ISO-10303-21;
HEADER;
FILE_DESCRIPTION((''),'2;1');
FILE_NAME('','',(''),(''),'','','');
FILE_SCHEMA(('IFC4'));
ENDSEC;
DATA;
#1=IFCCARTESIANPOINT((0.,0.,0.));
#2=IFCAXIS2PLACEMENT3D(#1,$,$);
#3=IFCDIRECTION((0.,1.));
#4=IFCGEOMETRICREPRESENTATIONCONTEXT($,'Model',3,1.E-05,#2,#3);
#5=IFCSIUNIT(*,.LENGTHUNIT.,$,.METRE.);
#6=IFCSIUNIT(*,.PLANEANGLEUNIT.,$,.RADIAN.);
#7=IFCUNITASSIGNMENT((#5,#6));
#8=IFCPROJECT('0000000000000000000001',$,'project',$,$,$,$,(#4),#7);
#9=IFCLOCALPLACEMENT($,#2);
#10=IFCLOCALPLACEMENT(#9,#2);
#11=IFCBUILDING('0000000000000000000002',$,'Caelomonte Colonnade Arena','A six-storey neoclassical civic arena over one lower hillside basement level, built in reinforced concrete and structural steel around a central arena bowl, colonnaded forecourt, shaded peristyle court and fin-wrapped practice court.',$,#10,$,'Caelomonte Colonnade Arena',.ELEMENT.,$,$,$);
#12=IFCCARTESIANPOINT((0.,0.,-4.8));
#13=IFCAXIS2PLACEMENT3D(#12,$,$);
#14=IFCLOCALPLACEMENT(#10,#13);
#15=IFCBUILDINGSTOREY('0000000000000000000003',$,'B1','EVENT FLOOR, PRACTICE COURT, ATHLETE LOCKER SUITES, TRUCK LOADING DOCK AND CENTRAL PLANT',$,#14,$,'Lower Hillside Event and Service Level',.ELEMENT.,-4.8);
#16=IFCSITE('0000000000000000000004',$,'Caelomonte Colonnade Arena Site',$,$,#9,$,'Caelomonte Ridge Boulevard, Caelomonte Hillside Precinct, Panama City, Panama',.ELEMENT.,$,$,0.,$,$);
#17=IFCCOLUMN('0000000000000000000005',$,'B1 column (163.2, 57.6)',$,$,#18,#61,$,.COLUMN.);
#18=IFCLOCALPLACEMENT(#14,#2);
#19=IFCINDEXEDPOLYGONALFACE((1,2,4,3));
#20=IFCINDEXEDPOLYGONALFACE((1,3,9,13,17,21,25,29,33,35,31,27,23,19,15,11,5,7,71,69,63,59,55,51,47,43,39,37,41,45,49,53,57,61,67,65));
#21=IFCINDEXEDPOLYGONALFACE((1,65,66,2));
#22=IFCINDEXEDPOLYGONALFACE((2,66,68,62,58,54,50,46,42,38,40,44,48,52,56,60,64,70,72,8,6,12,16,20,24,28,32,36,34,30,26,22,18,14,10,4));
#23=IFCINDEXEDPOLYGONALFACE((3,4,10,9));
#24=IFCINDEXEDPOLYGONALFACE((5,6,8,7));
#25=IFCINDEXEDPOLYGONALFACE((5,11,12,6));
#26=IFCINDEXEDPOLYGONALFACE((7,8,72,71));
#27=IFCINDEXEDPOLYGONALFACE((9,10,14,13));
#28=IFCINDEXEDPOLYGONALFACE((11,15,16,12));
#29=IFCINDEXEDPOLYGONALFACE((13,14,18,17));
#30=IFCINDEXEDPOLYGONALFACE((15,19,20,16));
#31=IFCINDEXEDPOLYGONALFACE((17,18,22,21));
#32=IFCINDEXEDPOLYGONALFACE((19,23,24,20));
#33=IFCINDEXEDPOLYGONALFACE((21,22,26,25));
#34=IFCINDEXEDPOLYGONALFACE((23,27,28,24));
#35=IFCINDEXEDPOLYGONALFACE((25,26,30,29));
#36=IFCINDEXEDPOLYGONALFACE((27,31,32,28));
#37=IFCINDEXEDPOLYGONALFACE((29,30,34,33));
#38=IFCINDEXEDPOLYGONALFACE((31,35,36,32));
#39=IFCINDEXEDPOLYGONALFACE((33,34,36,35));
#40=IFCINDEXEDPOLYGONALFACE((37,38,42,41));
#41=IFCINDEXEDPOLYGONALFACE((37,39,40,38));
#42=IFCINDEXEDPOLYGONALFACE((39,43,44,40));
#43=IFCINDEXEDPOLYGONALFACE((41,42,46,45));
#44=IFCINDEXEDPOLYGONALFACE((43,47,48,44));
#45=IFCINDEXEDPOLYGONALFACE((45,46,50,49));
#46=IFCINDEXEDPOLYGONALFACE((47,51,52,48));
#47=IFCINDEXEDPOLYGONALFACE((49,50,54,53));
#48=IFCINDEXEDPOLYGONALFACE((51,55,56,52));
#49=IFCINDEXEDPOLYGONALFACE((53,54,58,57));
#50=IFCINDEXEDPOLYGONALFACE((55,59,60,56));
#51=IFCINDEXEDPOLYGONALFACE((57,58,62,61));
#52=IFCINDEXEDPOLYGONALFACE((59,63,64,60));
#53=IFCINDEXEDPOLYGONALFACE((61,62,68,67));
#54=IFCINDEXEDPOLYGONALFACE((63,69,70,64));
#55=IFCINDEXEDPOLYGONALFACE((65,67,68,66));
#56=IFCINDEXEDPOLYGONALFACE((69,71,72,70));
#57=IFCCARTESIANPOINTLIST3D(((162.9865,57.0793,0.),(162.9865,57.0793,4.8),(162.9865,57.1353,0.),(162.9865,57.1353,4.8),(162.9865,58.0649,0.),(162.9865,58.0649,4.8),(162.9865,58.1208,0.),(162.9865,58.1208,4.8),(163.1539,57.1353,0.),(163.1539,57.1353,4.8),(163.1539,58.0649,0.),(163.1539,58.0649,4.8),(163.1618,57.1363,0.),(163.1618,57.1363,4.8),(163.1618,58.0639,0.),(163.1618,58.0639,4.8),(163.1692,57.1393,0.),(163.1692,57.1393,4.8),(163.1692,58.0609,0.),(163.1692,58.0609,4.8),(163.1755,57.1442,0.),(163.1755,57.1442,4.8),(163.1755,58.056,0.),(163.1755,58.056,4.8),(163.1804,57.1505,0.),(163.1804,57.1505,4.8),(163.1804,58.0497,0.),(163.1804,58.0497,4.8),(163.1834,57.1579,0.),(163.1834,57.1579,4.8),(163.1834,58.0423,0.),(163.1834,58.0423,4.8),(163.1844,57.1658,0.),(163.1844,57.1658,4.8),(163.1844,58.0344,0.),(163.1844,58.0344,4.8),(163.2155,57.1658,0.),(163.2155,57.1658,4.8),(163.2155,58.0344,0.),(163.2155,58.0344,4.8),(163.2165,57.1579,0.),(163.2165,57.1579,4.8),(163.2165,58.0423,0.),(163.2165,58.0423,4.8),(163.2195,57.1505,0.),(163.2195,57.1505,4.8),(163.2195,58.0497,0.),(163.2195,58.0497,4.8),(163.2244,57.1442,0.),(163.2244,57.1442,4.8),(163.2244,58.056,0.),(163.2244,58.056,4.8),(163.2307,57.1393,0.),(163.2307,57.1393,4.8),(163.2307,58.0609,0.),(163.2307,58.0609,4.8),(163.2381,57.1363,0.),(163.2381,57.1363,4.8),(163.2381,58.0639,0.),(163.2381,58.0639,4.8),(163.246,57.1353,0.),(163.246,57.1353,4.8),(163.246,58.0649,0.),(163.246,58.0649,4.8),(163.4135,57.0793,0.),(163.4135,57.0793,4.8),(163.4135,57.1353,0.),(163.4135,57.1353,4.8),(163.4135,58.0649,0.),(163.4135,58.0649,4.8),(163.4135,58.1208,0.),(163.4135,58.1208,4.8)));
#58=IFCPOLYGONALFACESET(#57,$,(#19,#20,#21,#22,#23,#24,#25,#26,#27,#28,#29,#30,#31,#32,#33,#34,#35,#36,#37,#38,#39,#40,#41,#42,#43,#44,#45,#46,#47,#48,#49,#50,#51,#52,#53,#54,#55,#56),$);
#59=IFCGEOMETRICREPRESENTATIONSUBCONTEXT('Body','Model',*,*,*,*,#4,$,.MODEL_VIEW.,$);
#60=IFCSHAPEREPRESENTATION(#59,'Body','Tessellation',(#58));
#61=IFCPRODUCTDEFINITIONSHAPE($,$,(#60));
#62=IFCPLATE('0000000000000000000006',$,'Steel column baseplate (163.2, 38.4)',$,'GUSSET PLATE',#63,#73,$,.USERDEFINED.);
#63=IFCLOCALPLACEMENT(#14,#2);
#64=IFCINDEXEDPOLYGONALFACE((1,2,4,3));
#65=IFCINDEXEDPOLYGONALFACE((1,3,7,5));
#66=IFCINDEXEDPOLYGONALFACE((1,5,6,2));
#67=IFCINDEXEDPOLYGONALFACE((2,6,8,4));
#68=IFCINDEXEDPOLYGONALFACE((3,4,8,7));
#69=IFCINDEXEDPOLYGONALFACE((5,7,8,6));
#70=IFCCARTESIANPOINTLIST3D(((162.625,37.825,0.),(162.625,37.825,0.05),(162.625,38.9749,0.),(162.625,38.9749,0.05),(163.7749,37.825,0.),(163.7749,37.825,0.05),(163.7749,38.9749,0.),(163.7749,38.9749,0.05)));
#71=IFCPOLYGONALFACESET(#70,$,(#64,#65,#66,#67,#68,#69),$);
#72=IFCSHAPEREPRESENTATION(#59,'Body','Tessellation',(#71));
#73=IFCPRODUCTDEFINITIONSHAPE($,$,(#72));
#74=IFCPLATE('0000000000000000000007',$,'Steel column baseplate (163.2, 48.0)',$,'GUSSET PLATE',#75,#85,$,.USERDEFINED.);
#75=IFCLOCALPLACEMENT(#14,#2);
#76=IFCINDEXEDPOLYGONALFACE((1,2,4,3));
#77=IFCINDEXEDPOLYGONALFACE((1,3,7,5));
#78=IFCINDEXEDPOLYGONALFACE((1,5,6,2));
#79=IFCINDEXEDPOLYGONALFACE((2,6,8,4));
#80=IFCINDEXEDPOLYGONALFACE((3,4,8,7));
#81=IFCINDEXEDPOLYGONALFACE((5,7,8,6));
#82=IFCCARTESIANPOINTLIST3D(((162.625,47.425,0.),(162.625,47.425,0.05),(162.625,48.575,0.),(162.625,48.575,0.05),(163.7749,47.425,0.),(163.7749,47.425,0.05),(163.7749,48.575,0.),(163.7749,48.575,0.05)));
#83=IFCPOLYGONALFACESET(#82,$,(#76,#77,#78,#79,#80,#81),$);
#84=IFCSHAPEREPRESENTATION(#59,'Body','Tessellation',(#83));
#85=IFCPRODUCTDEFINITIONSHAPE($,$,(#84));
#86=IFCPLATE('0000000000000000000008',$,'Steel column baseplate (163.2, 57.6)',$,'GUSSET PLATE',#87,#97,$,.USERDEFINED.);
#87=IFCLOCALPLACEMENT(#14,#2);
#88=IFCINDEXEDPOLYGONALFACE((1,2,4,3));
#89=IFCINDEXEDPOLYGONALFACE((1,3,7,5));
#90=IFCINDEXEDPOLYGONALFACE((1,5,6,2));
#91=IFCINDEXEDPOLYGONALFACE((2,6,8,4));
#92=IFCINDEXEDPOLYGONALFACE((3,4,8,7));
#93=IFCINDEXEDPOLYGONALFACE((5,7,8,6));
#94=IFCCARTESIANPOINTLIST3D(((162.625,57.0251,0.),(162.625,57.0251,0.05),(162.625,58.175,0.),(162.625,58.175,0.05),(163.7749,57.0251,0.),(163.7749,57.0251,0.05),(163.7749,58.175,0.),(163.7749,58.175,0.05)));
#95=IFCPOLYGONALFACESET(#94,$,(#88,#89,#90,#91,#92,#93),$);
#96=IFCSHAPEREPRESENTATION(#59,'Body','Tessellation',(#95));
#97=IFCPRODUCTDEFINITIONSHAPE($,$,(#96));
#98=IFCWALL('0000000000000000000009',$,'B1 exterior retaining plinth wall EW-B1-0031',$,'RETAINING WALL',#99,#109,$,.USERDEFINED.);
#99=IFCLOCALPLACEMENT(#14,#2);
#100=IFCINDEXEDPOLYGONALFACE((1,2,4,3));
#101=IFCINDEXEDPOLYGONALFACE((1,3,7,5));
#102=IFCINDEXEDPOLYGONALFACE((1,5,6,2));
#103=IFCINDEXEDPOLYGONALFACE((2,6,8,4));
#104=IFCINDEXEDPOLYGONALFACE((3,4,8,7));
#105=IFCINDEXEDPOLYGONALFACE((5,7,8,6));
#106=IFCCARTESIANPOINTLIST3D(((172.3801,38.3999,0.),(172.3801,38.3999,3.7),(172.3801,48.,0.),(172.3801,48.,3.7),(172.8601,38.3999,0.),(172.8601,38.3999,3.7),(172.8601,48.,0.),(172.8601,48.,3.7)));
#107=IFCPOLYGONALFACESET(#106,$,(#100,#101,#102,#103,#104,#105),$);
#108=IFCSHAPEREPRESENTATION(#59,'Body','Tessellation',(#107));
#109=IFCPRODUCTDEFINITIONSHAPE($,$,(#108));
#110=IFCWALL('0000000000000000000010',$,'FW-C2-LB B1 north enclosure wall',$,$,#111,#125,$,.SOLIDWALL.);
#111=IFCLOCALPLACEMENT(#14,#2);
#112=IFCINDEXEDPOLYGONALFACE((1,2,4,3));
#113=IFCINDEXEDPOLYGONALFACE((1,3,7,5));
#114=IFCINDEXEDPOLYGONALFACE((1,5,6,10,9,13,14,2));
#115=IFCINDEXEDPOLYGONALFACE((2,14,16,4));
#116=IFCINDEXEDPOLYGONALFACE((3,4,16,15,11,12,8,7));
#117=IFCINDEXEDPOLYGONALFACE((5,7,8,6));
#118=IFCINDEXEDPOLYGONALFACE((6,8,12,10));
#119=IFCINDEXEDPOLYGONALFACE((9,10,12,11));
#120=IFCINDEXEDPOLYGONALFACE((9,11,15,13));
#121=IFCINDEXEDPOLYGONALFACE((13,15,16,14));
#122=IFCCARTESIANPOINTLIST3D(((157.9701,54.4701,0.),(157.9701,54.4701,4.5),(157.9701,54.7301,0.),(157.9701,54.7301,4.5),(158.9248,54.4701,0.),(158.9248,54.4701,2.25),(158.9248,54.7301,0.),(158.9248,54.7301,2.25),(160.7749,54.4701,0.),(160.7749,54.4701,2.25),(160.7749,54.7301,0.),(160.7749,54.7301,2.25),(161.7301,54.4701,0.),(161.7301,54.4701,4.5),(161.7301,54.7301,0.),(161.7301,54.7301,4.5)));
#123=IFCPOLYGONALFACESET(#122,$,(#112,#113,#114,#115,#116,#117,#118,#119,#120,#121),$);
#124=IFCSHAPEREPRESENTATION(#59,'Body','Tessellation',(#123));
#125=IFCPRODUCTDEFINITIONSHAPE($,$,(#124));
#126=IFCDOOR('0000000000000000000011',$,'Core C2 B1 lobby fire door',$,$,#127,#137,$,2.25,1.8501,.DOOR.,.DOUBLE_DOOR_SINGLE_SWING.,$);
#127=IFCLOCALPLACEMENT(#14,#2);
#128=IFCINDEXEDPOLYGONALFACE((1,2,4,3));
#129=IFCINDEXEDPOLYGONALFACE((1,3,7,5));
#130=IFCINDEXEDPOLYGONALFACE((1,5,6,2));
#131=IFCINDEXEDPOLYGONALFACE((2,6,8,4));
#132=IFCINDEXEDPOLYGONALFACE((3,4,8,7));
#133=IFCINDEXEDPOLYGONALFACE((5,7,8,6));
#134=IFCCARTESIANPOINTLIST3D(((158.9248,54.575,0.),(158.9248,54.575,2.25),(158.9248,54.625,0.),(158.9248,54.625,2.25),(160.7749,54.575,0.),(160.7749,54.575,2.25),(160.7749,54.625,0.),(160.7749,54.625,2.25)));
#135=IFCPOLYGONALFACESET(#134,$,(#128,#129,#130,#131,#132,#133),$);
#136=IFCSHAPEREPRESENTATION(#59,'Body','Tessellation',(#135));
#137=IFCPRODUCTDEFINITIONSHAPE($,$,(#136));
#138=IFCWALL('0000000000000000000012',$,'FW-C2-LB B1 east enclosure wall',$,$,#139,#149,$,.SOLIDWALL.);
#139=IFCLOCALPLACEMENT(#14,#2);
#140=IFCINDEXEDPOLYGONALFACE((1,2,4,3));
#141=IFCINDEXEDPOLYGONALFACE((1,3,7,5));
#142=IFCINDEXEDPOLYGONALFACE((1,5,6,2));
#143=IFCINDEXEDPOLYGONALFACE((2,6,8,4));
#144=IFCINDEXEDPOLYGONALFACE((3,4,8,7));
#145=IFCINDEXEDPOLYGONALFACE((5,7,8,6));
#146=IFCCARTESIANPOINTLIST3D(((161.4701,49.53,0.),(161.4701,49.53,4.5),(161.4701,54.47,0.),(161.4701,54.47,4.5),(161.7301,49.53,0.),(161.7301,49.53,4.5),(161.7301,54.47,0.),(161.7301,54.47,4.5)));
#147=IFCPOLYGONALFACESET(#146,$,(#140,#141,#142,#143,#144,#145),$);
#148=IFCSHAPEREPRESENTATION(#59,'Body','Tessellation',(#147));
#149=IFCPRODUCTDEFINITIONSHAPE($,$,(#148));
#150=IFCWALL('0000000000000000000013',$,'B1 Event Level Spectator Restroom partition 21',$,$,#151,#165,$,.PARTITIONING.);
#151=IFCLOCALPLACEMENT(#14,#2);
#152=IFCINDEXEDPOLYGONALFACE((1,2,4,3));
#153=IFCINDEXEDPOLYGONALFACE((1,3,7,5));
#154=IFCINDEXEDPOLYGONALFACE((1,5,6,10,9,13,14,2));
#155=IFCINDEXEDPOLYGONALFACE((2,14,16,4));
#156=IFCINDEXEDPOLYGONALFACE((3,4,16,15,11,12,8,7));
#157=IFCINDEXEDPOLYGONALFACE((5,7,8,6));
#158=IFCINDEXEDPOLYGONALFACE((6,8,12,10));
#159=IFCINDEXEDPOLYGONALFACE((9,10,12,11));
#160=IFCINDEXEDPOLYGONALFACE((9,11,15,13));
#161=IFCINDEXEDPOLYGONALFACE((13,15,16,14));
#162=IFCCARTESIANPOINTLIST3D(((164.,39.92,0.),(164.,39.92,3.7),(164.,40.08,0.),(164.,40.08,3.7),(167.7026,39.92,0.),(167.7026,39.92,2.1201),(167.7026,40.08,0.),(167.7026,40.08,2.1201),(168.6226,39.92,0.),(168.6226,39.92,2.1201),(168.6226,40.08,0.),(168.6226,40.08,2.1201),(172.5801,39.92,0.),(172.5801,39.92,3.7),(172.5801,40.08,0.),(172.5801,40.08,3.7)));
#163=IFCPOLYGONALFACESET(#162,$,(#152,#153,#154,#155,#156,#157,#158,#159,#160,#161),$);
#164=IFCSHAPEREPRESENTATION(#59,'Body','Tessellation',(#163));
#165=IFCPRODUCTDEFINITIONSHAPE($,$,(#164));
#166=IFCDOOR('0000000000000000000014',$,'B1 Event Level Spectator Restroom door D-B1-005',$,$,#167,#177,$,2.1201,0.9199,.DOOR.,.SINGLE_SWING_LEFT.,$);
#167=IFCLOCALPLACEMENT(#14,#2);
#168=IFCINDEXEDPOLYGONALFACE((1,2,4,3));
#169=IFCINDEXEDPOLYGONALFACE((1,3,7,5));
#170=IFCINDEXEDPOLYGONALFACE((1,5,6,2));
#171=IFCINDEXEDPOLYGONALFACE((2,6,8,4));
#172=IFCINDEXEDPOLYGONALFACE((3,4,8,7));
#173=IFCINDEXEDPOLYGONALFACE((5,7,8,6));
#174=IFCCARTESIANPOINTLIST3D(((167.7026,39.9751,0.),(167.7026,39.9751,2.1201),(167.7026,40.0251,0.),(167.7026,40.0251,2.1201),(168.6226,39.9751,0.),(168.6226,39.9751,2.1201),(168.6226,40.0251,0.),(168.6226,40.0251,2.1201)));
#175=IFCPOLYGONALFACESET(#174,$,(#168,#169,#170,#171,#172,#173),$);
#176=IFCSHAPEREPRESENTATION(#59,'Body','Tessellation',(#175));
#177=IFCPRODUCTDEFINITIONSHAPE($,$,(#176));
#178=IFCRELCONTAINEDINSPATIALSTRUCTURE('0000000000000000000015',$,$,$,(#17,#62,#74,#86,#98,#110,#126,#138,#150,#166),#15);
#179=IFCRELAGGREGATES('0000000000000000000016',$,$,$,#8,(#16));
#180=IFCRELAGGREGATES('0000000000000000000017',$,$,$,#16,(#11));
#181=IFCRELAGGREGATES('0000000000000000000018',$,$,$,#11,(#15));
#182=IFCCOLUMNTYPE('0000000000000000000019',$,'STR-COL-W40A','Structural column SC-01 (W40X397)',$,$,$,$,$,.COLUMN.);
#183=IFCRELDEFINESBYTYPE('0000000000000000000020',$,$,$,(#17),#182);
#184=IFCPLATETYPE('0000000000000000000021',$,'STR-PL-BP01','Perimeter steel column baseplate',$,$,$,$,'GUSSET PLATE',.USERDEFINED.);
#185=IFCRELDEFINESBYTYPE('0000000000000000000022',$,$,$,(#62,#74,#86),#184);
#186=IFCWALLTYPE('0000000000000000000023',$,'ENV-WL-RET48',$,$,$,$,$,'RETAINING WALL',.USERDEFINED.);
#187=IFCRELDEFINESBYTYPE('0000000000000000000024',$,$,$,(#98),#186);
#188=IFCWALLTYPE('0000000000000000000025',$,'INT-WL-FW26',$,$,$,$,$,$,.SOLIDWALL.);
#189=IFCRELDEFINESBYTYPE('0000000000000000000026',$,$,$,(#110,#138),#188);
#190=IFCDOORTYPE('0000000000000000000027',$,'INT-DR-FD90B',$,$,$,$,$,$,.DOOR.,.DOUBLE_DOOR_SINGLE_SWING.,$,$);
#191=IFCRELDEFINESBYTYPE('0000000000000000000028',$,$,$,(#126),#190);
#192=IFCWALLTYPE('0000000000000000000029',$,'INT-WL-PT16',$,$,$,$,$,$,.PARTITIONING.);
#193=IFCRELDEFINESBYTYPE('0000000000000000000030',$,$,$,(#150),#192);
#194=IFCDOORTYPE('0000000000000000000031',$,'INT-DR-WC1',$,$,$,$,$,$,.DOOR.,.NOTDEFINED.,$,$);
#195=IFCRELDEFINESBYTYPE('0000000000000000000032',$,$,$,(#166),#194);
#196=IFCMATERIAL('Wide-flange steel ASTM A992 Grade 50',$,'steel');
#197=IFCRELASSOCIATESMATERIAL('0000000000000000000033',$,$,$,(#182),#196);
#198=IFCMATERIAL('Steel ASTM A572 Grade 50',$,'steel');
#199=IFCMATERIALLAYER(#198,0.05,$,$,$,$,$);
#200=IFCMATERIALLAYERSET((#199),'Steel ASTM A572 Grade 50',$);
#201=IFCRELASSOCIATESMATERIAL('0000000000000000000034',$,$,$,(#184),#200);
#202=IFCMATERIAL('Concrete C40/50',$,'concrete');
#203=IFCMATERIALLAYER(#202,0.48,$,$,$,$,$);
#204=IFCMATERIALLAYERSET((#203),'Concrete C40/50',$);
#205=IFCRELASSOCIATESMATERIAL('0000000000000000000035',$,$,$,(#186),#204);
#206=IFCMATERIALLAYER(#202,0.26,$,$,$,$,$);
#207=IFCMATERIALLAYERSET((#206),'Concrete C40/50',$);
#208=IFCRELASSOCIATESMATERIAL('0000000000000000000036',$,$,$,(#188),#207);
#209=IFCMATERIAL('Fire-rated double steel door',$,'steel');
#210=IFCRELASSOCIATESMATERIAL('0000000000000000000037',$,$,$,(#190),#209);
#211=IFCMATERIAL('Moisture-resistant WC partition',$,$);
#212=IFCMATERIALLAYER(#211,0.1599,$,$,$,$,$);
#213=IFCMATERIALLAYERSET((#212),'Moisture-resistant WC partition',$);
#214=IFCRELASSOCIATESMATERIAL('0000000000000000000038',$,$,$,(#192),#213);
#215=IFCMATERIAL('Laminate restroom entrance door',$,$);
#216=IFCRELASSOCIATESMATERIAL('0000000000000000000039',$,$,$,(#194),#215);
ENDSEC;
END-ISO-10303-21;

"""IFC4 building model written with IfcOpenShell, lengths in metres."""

from ifc_helpers import new_model, si_unit, direction, frame, frame_2d, origin, origin_2d, place, context, subcontext, project, spatial, rectangle, i_section, extrude, material, layer, layer_set, material_profile, profile_set, type_object, element, fill, save


model = new_model("IFC4")

# Units and contexts
model_context = context("Model", 3, precision=1e-05, world=origin(), true_north=direction((0.0, 1.0)))
body_context = subcontext(model_context, "Body", "Model", "MODEL_VIEW")
ifc_project = project(units=[si_unit("LENGTHUNIT", "METRE"), si_unit("PLANEANGLEUNIT", "RADIAN")], contexts=[model_context])

# Site, building, storey
site_placement = place(None, origin())
site = spatial("IfcSite", under=ifc_project, at=site_placement, Name="Caelomonte Colonnade Arena Site", LongName="Caelomonte Ridge Boulevard, Caelomonte Hillside Precinct, Panama City, Panama", CompositionType="ELEMENT", RefElevation=0.0)
building_placement = place(site_placement, origin())
building = spatial("IfcBuilding", under=site, at=building_placement, Name="Caelomonte Colonnade Arena", Description="A six-storey neoclassical civic arena over one lower hillside basement level, built in reinforced concrete and structural steel around a central arena bowl, colonnaded forecourt, shaded peristyle court and fin-wrapped practice court.", LongName="Caelomonte Colonnade Arena", CompositionType="ELEMENT")
storey_placement = place(building_placement, frame((0.0, 0.0, -4.8)))
storey = spatial("IfcBuildingStorey", under=building, at=storey_placement, Name="B1", Description="EVENT FLOOR, PRACTICE COURT, ATHLETE LOCKER SUITES, TRUCK LOADING DOCK AND CENTRAL PLANT", LongName="Lower Hillside Event and Service Level", CompositionType="ELEMENT", Elevation=-4.8)

# Shared definitions
ifc_material_1 = material(Name="Concrete C40/50", Category="concrete")

# Column
ifc_material_2 = material(Name="Wide-flange steel ASTM A992 Grade 50", Category="steel")
ifc_material_profile_1 = material_profile(ifc_material_2, i_section(OverallWidth=0.427, OverallDepth=1.0415, WebThickness=0.031, FlangeThickness=0.0559, FilletRadius=0.0305, at=origin_2d()), Name="W40X397")
ifc_profile_set_1 = profile_set([ifc_material_profile_1], Name="Wide-flange steel ASTM A992 Grade 50")
column_type = type_object("IfcColumnType", Name="STR-COL-W40A", Description="Structural column SC-01 (W40X397)", PredefinedType="COLUMN", material=ifc_profile_set_1)
for number, where, z_axis, x_axis, name in (
    (1, (163.2, 57.6001, 0.0), (0.0, 0.0, 1.0), (1.0, 0.0, 0.0), "B1 column (163.2, 57.6)"),
):
    element("IfcColumn", number, at=place(storey_placement, frame(where, z_axis=z_axis, x_axis=x_axis)), inside=storey, type_object=column_type, Name=name, PredefinedType="COLUMN", context=body_context, shape_type="SweptSolid", body=[
        extrude(i_section(OverallWidth=0.427, OverallDepth=1.0415, WebThickness=0.031, FlangeThickness=0.0559, FilletRadius=0.0305, at=origin_2d()), origin(), (0.0, 0.0, 1.0), 4.8),
    ])

# Plates
ifc_material_3 = material(Name="Steel ASTM A572 Grade 50", Category="steel")
ifc_layer_1 = layer(ifc_material_3, 0.05)
ifc_layer_set_1 = layer_set([ifc_layer_1], Name="Steel ASTM A572 Grade 50")
plate_type = type_object("IfcPlateType", Name="STR-PL-BP01", Description="Perimeter steel column baseplate", ElementType="GUSSET PLATE", PredefinedType="USERDEFINED", material=ifc_layer_set_1)
for number, where, z_axis, x_axis, name in (
    (2, (163.2, 38.3999, 0.0), (0.0, 0.0, 1.0), (1.0, 0.0, 0.0), "Steel column baseplate (163.2, 38.4)"),
    (3, (163.2, 48.0, 0.0), (0.0, 0.0, 1.0), (1.0, 0.0, 0.0), "Steel column baseplate (163.2, 48.0)"),
    (4, (163.2, 57.6001, 0.0), (0.0, 0.0, 1.0), (1.0, 0.0, 0.0), "Steel column baseplate (163.2, 57.6)"),
):
    element("IfcPlate", number, at=place(storey_placement, frame(where, z_axis=z_axis, x_axis=x_axis)), inside=storey, type_object=plate_type, Name=name, ObjectType="GUSSET PLATE", PredefinedType="USERDEFINED", context=body_context, shape_type="SweptSolid", body=[
        extrude(rectangle(XDim=1.1499, YDim=1.1499, at=origin_2d()), origin(), (0.0, 0.0, 1.0), 0.05),
    ])

# Wall
ifc_layer_2 = layer(ifc_material_1, 0.48)
ifc_layer_set_2 = layer_set([ifc_layer_2], Name="Concrete C40/50")
wall_type_1 = type_object("IfcWallType", Name="ENV-WL-RET48", ElementType="RETAINING WALL", PredefinedType="USERDEFINED", material=ifc_layer_set_2)
wall_1_placement = place(storey_placement, frame((172.6201, 38.3999, 0.0), z_axis=(0.0, 0.0, 1.0), x_axis=(0.0, 1.0, 0.0)))
element("IfcWall", 5, at=wall_1_placement, inside=storey, type_object=wall_type_1, Name="B1 exterior retaining plinth wall EW-B1-0031", ObjectType="RETAINING WALL", PredefinedType="USERDEFINED", context=body_context, shape_type="SweptSolid", body=[
    extrude(rectangle(XDim=9.6001, YDim=0.48, at=frame_2d((4.8, 0.0))), origin(), (0.0, 0.0, 1.0), 3.7),
])

# Wall, opening, door
ifc_layer_3 = layer(ifc_material_1, 0.26)
ifc_layer_set_3 = layer_set([ifc_layer_3], Name="Concrete C40/50")
wall_type_2 = type_object("IfcWallType", Name="INT-WL-FW26", PredefinedType="SOLIDWALL", material=ifc_layer_set_3)
wall_2_placement = place(storey_placement, frame((161.73, 54.6001, 0.0), z_axis=(0.0, 0.0, 1.0), x_axis=(-1.0, 0.0, 0.0)))
wall_2 = element("IfcWall", 6, at=wall_2_placement, inside=storey, type_object=wall_type_2, Name="FW-C2-LB B1 north enclosure wall", PredefinedType="SOLIDWALL", context=body_context, shape_type="SweptSolid", body=[
    extrude(rectangle(XDim=3.76, YDim=0.26, at=frame_2d((1.8799, 0.0))), origin(), (0.0, 0.0, 1.0), 4.5),
])
opening_1_placement = place(wall_2_placement, frame((2.8052, 0.0, 0.0), z_axis=(0.0, 0.0, 1.0), x_axis=(-1.0, 0.0, 0.0)))
opening_1 = element("IfcOpeningElement", 7, at=opening_1_placement, cuts=wall_2, PredefinedType="OPENING", context=body_context, shape_type="SweptSolid", body=[
    extrude(rectangle(XDim=1.8501, YDim=2.25, at=frame_2d((0.925, 1.125))), frame((0.0, 0.1399, 0.0), z_axis=(0.0, -1.0, 0.0), x_axis=(1.0, 0.0, 0.0)), (0.0, 0.0, 1.0), 0.28),
])
ifc_material_4 = material(Name="Fire-rated double steel door", Category="steel")
door_type_1 = type_object("IfcDoorType", Name="INT-DR-FD90B", OperationType="DOUBLE_DOOR_SINGLE_SWING", PredefinedType="DOOR", material=ifc_material_4)
door_1_placement = place(opening_1_placement, origin())
door_1 = element("IfcDoor", 8, at=door_1_placement, inside=storey, type_object=door_type_1, Name="Core C2 B1 lobby fire door", OperationType="DOUBLE_DOOR_SINGLE_SWING", OverallHeight=2.25, OverallWidth=1.8501, PredefinedType="DOOR", context=body_context, shape_type="SweptSolid", body=[
    extrude(rectangle(XDim=1.8501, YDim=2.25, at=frame_2d((0.925, 1.125))), frame((0.0, 0.0249, 0.0), z_axis=(0.0, -1.0, 0.0), x_axis=(1.0, 0.0, 0.0)), (0.0, 0.0, 1.0), 0.05),
])
fill(opening_1, door_1)

# Wall
wall_3_placement = place(storey_placement, frame((161.6001, 49.53, 0.0), z_axis=(0.0, 0.0, 1.0), x_axis=(0.0, 1.0, 0.0)))
element("IfcWall", 9, at=wall_3_placement, inside=storey, type_object=wall_type_2, Name="FW-C2-LB B1 east enclosure wall", PredefinedType="SOLIDWALL", context=body_context, shape_type="SweptSolid", body=[
    extrude(rectangle(XDim=4.9399, YDim=0.26, at=frame_2d((2.47, 0.0))), origin(), (0.0, 0.0, 1.0), 4.5),
])

# Wall, opening, door
ifc_material_5 = material(Name="Moisture-resistant WC partition")
ifc_layer_4 = layer(ifc_material_5, 0.1599)
ifc_layer_set_4 = layer_set([ifc_layer_4], Name="Moisture-resistant WC partition")
wall_type_3 = type_object("IfcWallType", Name="INT-WL-PT16", PredefinedType="PARTITIONING", material=ifc_layer_set_4)
wall_4_placement = place(storey_placement, frame((172.5801, 40.0, 0.0), z_axis=(0.0, 0.0, 1.0), x_axis=(-1.0, 0.0, 0.0)))
wall_4 = element("IfcWall", 10, at=wall_4_placement, inside=storey, type_object=wall_type_3, Name="B1 Event Level Spectator Restroom partition 21", PredefinedType="PARTITIONING", context=body_context, shape_type="SweptSolid", body=[
    extrude(rectangle(XDim=8.5801, YDim=0.1599, at=frame_2d((4.29, 0.0))), origin(), (0.0, 0.0, 1.0), 3.7),
])
opening_2_placement = place(wall_4_placement, frame((3.9575, 0.0, 0.0), z_axis=(0.0, 0.0, 1.0), x_axis=(1.0, 0.0, 0.0)))
opening_2 = element("IfcOpeningElement", 11, at=opening_2_placement, cuts=wall_4, PredefinedType="OPENING", context=body_context, shape_type="SweptSolid", body=[
    extrude(rectangle(XDim=0.9199, YDim=2.1201, at=frame_2d((0.46, 1.0601))), frame((0.0, 0.0898, 0.0), z_axis=(0.0, -1.0, 0.0), x_axis=(1.0, 0.0, 0.0)), (0.0, 0.0, 1.0), 0.1799),
])
ifc_material_6 = material(Name="Laminate restroom entrance door")
door_type_2 = type_object("IfcDoorType", Name="INT-DR-WC1", OperationType="NOTDEFINED", PredefinedType="DOOR", material=ifc_material_6)
door_2_placement = place(opening_2_placement, origin())
door_2 = element("IfcDoor", 12, at=door_2_placement, inside=storey, type_object=door_type_2, Name="B1 Event Level Spectator Restroom door D-B1-005", OperationType="SINGLE_SWING_LEFT", OverallHeight=2.1201, OverallWidth=0.9199, PredefinedType="DOOR", context=body_context, shape_type="SweptSolid", body=[
    extrude(rectangle(XDim=0.9199, YDim=2.1201, at=frame_2d((0.46, 1.0601))), frame((0.0, 0.0249, 0.0), z_axis=(0.0, -1.0, 0.0), x_axis=(1.0, 0.0, 0.0)), (0.0, 0.0, 1.0), 0.05),
])
fill(opening_2, door_2)

save(model, "model.ifc")
